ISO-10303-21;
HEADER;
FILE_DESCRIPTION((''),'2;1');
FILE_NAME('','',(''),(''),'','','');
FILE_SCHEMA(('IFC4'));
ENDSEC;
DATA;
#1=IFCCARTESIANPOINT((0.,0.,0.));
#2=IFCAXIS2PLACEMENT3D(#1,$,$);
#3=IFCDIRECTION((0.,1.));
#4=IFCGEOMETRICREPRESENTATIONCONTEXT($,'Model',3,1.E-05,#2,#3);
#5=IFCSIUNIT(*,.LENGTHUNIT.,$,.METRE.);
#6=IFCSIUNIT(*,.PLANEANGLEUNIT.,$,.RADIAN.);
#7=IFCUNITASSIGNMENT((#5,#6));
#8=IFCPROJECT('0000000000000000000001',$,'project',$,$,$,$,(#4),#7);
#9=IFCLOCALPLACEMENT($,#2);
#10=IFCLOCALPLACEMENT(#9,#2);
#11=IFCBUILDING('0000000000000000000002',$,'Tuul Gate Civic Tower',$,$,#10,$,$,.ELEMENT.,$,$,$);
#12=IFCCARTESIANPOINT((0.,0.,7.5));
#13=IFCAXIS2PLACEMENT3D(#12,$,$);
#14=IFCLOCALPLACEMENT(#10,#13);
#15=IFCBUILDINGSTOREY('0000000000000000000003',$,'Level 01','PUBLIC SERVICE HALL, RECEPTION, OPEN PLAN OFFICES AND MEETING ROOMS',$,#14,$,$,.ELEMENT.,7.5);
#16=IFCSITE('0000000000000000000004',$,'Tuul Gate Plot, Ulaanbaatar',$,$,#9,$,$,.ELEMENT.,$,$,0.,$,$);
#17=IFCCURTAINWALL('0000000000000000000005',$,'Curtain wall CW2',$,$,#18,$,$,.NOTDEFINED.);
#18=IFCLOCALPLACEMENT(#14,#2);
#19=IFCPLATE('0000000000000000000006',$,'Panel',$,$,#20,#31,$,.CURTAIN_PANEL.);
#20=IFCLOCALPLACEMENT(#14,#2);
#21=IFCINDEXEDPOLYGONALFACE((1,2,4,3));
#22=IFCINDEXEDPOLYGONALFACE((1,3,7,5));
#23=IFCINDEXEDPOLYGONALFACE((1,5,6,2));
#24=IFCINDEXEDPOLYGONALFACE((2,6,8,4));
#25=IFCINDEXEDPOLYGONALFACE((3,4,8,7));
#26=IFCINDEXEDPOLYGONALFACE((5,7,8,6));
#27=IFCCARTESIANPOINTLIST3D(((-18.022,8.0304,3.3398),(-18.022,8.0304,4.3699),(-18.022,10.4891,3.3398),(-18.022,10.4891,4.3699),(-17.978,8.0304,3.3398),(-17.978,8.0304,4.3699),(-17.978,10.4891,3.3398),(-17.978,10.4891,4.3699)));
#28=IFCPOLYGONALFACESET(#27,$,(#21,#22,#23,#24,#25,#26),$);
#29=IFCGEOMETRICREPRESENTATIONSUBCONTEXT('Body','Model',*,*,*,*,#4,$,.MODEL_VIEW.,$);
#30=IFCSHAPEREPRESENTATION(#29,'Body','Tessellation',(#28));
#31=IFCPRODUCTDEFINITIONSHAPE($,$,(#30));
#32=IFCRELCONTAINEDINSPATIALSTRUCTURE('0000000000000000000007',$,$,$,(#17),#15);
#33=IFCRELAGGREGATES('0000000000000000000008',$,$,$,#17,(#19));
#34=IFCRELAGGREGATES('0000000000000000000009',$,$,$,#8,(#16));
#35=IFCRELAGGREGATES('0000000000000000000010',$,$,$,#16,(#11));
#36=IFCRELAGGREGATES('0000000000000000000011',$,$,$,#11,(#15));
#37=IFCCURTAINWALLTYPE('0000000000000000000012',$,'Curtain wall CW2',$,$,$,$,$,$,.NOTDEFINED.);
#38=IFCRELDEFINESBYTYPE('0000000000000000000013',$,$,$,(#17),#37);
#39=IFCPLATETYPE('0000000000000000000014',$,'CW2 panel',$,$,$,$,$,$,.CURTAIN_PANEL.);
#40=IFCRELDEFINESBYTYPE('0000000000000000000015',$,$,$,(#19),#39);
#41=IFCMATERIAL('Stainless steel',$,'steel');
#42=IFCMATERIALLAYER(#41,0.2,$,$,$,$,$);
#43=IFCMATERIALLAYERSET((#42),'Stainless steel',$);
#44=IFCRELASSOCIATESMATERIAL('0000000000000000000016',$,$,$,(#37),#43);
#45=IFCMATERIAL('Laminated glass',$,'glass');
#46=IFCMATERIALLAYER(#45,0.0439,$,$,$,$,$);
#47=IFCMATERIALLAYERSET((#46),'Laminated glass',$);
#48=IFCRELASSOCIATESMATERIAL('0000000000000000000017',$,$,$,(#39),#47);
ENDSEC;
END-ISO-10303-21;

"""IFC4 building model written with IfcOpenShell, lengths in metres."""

from ifc_helpers import new_model, si_unit, direction, frame, origin, origin_2d, place, context, subcontext, project, spatial, rectangle, extrude, material, layer, layer_set, type_object, element, aggregate, save


model = new_model("IFC4")

# Units and contexts
model_context = context("Model", 3, precision=1e-05, world=origin(), true_north=direction((0.0, 1.0)))
body_context = subcontext(model_context, "Body", "Model", "MODEL_VIEW")
ifc_project = project(units=[si_unit("LENGTHUNIT", "METRE"), si_unit("PLANEANGLEUNIT", "RADIAN")], contexts=[model_context])

# Site, building, storey
site_placement = place(None, origin())
site = spatial("IfcSite", under=ifc_project, at=site_placement, Name="Tuul Gate Plot, Ulaanbaatar", CompositionType="ELEMENT", RefElevation=0.0)
building_placement = place(site_placement, origin())
building = spatial("IfcBuilding", under=site, at=building_placement, Name="Tuul Gate Civic Tower", CompositionType="ELEMENT")
storey_placement = place(building_placement, frame((0.0, 0.0, 7.5)))
storey = spatial("IfcBuildingStorey", under=building, at=storey_placement, Name="Level 01", Description="PUBLIC SERVICE HALL, RECEPTION, OPEN PLAN OFFICES AND MEETING ROOMS", CompositionType="ELEMENT", Elevation=7.5)

# Curtain wall
ifc_material_1 = material(Name="Stainless steel", Category="steel")
ifc_layer_1 = layer(ifc_material_1, 0.2)
ifc_layer_set_1 = layer_set([ifc_layer_1], Name="Stainless steel")
curtain_wall_type = type_object("IfcCurtainWallType", Name="Curtain wall CW2", PredefinedType="NOTDEFINED", material=ifc_layer_set_1)
curtain_wall_1_placement = place(storey_placement, origin())
curtain_wall_1 = element("IfcCurtainWall", 1, at=curtain_wall_1_placement, inside=storey, type_object=curtain_wall_type, Name="Curtain wall CW2", PredefinedType="NOTDEFINED")

# Plate
ifc_material_2 = material(Name="Laminated glass", Category="glass")
ifc_layer_2 = layer(ifc_material_2, 0.0439)
ifc_layer_set_2 = layer_set([ifc_layer_2], Name="Laminated glass")
plate_type = type_object("IfcPlateType", Name="CW2 panel", PredefinedType="CURTAIN_PANEL", material=ifc_layer_set_2)
plate_1_placement = place(storey_placement, frame((-18.0, 9.2598, 3.3398), z_axis=(0.0, 0.0, 1.0), x_axis=(0.0, 1.0, 0.0)))
plate_1 = element("IfcPlate", 2, at=plate_1_placement, type_object=plate_type, Name="Panel", PredefinedType="CURTAIN_PANEL", context=body_context, shape_type="SweptSolid", body=[
    extrude(rectangle(XDim=2.4587, YDim=0.0439, at=origin_2d()), origin(), (0.0, 0.0, 1.0), 1.03),
])
aggregate(curtain_wall_1, [plate_1])

save(model, "model.ifc")
